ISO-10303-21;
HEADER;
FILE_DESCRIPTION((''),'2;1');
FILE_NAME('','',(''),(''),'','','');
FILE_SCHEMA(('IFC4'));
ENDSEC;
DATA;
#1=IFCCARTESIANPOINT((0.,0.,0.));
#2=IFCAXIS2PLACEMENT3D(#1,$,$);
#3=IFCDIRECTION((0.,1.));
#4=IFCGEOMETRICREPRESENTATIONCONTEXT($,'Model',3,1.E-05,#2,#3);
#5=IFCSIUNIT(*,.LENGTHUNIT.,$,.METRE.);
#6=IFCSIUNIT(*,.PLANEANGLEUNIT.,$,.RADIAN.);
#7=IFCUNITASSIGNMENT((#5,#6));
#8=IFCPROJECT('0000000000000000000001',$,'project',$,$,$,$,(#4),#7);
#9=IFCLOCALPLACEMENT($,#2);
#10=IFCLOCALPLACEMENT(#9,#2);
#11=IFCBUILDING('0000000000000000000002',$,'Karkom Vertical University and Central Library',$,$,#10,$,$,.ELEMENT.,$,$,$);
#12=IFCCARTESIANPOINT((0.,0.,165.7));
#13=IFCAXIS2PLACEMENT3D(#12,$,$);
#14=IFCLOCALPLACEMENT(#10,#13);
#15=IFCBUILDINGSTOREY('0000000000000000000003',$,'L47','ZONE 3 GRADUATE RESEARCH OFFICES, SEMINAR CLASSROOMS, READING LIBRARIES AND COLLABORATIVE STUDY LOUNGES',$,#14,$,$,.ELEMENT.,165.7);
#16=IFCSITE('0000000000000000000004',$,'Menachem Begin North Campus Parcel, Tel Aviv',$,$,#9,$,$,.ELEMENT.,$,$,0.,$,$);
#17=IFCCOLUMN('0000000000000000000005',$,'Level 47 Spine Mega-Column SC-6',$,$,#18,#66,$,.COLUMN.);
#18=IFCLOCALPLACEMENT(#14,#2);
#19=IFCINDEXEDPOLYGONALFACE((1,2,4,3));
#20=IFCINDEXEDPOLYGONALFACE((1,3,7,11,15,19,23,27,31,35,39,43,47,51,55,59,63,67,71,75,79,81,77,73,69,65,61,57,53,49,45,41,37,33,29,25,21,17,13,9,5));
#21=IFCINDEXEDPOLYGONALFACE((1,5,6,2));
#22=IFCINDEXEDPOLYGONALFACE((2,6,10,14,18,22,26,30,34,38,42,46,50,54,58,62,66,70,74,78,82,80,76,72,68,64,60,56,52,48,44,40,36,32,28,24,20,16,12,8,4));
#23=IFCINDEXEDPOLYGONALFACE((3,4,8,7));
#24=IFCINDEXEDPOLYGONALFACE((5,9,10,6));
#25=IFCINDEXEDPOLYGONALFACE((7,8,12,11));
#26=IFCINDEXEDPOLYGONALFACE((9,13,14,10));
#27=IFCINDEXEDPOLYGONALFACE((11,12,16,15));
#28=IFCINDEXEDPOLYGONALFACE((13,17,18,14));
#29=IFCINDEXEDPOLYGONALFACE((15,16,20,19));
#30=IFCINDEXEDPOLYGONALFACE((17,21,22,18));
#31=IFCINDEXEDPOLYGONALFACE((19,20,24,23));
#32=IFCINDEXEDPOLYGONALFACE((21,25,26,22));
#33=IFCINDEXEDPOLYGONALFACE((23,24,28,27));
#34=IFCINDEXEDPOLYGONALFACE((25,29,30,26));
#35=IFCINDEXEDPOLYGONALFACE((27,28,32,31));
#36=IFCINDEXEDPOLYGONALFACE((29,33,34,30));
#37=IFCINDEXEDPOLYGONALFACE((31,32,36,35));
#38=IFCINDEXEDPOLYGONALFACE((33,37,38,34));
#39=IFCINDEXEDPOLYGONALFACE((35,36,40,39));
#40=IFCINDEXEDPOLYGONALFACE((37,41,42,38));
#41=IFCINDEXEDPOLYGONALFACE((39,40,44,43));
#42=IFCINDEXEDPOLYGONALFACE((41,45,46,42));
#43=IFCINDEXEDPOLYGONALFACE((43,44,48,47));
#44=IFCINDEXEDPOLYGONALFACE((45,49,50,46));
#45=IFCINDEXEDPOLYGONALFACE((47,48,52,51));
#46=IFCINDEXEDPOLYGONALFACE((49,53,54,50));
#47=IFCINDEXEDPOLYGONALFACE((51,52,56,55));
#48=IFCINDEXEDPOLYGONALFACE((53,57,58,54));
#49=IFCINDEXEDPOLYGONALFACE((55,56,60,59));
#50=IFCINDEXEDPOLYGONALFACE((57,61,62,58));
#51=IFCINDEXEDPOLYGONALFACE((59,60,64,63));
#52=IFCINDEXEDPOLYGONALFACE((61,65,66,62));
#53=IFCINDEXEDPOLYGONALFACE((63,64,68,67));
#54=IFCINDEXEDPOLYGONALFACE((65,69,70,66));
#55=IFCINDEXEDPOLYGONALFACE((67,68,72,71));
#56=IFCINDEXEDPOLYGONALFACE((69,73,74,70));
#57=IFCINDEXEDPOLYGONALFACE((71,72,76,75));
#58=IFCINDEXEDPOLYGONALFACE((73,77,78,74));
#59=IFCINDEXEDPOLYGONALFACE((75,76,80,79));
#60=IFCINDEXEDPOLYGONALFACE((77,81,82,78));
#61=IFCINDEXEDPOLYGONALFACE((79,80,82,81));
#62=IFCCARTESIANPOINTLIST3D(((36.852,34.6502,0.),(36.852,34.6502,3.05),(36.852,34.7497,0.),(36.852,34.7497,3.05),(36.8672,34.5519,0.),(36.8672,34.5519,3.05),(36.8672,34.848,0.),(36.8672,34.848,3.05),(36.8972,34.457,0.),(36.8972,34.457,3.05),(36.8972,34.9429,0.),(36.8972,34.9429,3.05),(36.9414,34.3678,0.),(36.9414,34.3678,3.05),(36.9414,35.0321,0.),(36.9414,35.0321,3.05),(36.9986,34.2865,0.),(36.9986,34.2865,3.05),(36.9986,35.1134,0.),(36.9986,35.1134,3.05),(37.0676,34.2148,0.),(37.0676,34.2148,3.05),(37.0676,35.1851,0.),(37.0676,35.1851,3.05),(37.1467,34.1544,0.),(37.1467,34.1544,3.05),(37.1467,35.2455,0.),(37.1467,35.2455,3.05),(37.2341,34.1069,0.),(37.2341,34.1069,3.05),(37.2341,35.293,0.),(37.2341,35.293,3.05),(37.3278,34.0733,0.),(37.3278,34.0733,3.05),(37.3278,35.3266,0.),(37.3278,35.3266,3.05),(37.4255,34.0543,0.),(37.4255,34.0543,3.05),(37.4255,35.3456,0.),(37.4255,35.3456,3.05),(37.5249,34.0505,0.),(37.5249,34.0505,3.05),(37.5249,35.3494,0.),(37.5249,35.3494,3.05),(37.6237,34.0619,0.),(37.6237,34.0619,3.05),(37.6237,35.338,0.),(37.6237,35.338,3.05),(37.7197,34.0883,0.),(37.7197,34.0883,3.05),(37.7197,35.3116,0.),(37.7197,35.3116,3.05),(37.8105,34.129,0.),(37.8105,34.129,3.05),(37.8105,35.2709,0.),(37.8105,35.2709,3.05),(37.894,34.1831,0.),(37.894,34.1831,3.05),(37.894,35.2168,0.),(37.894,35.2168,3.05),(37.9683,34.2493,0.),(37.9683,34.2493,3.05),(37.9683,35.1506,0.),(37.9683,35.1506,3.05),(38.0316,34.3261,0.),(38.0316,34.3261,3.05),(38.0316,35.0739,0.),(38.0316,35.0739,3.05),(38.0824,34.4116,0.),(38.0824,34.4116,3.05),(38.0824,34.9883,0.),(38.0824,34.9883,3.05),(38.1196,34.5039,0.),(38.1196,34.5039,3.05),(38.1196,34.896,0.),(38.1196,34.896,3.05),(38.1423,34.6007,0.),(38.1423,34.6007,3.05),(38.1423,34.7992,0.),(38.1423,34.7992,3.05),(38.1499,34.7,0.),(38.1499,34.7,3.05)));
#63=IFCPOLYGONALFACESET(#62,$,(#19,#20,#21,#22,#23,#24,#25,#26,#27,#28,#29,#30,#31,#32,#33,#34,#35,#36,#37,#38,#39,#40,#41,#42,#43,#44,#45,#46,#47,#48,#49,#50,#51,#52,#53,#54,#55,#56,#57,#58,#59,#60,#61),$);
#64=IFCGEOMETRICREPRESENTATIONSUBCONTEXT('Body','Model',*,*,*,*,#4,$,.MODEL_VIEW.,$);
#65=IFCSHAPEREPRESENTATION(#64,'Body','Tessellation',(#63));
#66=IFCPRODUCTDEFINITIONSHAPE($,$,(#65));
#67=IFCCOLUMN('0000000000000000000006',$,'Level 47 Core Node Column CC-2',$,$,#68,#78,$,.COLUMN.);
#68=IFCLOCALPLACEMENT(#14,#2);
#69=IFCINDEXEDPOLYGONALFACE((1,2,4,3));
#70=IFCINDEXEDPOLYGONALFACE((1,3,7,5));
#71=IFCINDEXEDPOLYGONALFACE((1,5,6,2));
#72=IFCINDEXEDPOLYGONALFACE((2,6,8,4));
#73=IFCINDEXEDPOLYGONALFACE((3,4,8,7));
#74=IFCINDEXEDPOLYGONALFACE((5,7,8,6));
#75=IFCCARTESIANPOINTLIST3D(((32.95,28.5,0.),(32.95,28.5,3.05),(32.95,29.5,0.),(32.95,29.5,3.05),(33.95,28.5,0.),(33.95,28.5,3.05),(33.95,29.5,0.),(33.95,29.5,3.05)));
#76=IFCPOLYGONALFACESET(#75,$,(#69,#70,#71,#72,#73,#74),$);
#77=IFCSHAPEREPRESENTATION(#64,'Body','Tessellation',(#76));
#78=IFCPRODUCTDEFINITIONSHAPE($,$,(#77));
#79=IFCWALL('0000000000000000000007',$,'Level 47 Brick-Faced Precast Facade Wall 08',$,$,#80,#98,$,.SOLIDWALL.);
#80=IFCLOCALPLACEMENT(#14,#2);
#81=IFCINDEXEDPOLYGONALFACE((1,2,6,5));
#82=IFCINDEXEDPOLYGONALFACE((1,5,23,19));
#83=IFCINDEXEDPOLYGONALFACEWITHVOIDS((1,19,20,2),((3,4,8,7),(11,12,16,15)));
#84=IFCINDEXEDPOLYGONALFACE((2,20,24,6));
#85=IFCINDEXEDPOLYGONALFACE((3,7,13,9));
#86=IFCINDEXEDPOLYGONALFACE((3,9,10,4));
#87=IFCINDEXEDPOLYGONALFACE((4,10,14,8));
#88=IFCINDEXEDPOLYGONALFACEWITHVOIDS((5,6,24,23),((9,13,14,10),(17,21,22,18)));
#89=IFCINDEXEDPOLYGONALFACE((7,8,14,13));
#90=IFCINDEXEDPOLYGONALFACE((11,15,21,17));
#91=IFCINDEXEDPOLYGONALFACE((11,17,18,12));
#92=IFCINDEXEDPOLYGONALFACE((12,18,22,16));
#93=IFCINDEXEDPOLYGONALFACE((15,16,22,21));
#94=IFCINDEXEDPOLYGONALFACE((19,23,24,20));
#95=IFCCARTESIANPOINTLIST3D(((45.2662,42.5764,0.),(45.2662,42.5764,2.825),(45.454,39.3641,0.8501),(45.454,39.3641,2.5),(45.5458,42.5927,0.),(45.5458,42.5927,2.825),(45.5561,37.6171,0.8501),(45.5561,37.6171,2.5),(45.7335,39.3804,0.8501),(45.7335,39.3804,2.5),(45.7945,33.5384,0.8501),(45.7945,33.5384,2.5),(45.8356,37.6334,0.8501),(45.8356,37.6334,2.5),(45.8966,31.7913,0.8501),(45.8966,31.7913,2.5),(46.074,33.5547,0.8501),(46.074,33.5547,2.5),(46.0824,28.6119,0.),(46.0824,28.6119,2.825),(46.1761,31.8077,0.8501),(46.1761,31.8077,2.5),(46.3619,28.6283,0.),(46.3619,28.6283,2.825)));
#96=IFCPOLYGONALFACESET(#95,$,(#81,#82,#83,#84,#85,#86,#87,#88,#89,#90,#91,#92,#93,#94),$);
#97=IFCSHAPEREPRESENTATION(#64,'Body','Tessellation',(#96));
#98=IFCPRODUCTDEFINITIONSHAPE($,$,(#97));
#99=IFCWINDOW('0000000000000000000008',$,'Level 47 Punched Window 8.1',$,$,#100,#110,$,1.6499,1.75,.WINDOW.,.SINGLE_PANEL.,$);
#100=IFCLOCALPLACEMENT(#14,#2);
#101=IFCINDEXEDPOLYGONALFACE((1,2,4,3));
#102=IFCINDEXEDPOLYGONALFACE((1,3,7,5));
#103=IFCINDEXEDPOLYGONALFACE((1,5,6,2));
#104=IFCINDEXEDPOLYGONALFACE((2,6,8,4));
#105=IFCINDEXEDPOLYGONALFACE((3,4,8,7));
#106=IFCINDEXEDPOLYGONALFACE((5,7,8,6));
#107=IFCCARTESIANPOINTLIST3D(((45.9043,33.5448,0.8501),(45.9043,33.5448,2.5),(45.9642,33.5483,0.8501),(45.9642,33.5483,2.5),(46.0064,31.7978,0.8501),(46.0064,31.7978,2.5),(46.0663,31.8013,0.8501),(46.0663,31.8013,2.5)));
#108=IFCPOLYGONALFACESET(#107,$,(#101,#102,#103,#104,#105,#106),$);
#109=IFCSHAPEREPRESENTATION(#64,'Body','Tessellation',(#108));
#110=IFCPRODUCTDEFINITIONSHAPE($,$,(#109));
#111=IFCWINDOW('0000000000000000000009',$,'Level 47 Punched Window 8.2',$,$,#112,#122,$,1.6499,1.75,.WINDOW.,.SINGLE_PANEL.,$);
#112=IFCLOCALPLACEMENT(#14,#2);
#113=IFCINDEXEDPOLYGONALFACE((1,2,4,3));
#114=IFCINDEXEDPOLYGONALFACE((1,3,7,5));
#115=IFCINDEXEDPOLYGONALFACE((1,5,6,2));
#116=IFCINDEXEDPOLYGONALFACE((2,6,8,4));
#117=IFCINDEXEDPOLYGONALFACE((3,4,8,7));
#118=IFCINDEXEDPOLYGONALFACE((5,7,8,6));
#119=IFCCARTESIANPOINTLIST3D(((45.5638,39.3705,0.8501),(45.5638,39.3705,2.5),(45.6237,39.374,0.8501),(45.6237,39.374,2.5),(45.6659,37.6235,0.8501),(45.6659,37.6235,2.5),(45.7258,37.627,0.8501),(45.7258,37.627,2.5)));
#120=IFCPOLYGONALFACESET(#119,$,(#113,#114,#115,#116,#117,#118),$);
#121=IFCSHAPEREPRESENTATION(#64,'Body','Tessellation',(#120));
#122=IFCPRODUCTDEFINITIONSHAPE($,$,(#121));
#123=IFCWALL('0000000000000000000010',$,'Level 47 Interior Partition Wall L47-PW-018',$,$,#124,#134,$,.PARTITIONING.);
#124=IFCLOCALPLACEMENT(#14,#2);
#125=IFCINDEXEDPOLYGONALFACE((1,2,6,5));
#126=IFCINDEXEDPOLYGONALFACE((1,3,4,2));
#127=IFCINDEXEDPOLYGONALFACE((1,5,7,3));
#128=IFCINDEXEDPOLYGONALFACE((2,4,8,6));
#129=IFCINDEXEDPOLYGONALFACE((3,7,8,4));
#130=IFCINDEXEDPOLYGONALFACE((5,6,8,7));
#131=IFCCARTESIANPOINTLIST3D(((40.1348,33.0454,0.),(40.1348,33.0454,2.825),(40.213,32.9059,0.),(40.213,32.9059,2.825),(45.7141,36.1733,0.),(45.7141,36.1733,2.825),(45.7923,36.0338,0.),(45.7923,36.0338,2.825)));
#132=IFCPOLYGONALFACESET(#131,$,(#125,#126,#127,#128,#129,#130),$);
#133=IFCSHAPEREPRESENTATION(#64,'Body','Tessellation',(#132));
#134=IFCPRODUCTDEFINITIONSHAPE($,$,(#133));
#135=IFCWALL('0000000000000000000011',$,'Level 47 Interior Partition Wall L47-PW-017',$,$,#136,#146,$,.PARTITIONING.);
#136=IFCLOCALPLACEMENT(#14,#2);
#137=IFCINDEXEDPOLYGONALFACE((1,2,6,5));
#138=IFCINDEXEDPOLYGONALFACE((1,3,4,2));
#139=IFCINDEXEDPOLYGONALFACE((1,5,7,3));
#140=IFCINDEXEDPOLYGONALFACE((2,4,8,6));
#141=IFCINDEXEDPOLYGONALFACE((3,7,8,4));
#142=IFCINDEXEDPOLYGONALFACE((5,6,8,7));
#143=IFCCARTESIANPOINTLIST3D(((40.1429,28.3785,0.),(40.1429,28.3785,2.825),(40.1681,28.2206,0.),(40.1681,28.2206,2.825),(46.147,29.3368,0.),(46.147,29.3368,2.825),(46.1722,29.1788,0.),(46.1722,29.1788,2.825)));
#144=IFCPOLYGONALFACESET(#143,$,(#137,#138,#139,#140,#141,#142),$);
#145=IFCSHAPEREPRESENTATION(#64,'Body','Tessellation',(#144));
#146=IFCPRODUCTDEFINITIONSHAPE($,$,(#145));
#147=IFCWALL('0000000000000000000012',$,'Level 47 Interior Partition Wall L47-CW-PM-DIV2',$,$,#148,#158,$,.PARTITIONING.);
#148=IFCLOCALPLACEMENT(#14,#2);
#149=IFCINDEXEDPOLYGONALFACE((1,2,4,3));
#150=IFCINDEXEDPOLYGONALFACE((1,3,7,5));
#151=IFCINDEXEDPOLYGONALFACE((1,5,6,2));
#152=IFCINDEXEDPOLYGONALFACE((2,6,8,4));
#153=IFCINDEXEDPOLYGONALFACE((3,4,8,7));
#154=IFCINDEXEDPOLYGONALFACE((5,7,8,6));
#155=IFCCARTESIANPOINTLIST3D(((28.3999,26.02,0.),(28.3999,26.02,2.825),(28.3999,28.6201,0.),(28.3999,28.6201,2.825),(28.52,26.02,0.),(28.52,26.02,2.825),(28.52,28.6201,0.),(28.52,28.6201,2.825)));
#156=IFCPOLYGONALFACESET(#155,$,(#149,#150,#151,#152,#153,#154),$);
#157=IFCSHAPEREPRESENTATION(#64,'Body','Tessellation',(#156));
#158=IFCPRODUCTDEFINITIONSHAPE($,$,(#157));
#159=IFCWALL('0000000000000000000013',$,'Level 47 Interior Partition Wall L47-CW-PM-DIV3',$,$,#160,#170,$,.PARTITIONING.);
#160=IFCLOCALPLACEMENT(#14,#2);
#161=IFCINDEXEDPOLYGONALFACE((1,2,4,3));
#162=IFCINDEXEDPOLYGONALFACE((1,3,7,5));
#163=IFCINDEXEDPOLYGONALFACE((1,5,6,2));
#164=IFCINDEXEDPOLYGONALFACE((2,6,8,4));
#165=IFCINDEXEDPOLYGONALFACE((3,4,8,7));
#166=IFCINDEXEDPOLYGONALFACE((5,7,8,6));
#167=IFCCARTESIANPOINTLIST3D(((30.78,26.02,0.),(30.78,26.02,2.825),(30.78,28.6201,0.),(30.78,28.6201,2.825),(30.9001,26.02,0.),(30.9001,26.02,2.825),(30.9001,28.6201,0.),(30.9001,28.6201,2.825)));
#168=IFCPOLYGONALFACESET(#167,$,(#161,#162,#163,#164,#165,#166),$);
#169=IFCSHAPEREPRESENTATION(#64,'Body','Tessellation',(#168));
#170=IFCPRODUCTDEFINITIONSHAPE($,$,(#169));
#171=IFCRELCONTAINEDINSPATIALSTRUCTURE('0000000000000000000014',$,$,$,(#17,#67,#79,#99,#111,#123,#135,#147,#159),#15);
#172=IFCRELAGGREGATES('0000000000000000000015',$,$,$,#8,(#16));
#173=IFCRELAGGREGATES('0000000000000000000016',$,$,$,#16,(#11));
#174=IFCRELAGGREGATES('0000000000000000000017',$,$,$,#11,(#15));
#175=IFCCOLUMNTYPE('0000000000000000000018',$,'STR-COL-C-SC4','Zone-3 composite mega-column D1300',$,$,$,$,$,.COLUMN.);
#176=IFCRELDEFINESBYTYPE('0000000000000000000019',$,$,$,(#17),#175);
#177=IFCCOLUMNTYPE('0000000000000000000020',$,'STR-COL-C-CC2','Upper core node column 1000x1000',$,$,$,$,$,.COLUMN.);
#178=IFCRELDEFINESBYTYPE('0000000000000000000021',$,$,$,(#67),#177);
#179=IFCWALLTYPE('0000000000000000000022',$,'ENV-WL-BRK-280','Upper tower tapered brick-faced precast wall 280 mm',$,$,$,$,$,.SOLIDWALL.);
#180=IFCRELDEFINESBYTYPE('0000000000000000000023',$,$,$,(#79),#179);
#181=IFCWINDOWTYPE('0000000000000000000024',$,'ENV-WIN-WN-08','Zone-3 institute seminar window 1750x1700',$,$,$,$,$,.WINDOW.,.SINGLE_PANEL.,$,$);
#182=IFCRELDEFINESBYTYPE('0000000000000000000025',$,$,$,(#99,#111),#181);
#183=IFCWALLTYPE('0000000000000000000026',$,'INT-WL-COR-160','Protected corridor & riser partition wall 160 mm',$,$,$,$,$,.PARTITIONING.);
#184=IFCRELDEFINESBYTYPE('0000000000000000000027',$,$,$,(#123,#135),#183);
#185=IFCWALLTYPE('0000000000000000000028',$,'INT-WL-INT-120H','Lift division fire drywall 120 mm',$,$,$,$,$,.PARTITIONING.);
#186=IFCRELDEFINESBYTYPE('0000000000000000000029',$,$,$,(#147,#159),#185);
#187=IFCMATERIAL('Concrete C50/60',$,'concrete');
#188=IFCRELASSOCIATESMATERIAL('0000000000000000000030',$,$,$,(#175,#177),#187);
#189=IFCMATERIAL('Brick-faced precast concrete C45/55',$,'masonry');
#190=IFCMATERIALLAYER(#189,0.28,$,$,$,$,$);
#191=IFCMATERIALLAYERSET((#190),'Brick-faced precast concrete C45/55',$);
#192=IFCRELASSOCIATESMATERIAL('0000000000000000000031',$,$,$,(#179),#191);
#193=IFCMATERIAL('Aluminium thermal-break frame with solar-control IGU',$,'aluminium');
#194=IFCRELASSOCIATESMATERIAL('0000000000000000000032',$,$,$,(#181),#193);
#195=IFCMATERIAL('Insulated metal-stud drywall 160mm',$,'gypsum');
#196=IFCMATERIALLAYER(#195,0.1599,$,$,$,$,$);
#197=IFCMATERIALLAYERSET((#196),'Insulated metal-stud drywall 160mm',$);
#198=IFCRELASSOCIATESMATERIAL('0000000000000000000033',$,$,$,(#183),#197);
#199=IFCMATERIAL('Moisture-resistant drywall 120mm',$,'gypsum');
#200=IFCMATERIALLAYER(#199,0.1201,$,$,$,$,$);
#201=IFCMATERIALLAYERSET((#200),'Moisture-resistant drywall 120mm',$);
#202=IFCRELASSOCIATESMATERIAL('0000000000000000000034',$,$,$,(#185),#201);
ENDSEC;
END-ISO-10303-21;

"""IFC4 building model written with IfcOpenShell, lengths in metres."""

from ifc_helpers import new_model, si_unit, direction, frame, frame_2d, origin, origin_with_axes, origin_2d, place, context, subcontext, project, spatial, rectangle, circle, extrude, source, transform, mapped, material, layer, layer_set, material_profile, profile_set, type_object, element, fill, save


model = new_model("IFC4")

# Units and contexts
model_context = context("Model", 3, precision=1e-05, world=origin(), true_north=direction((0.0, 1.0)))
body_context = subcontext(model_context, "Body", "Model", "MODEL_VIEW")
ifc_project = project(units=[si_unit("LENGTHUNIT", "METRE"), si_unit("PLANEANGLEUNIT", "RADIAN")], contexts=[model_context])

# Site, building, storey
site_placement = place(None, origin())
site = spatial("IfcSite", under=ifc_project, at=site_placement, Name="Menachem Begin North Campus Parcel, Tel Aviv", CompositionType="ELEMENT", RefElevation=0.0)
building_placement = place(site_placement, origin())
building = spatial("IfcBuilding", under=site, at=building_placement, Name="Karkom Vertical University and Central Library", CompositionType="ELEMENT")
storey_placement = place(building_placement, frame((0.0, 0.0, 165.7)))
storey = spatial("IfcBuildingStorey", under=building, at=storey_placement, Name="L47", Description="ZONE 3 GRADUATE RESEARCH OFFICES, SEMINAR CLASSROOMS, READING LIBRARIES AND COLLABORATIVE STUDY LOUNGES", CompositionType="ELEMENT", Elevation=165.7)

# Columns
ifc_material_1 = material(Name="Concrete C50/60", Category="concrete")
ifc_material_profile_1 = material_profile(ifc_material_1, circle(Radius=0.6499, at=origin_2d()), Name="CFT-D1300")
ifc_profile_set_1 = profile_set([ifc_material_profile_1], Name="Concrete C50/60")
column_type_1 = type_object("IfcColumnType", Name="STR-COL-C-SC4", Description="Zone-3 composite mega-column D1300", PredefinedType="COLUMN", material=ifc_profile_set_1)
shared_shape_1 = source(origin_with_axes(), body_context, "Body", "SweptSolid", [
    extrude(circle(Radius=0.6499, at=origin_2d()), origin(), (0.0, 0.0, 1.0), 3.05),
])
column_1_placement = place(storey_placement, frame((37.5, 34.7, 0.0), z_axis=(0.0, 0.0, 1.0), x_axis=(1.0, 0.0, 0.0)))
element("IfcColumn", 1, at=column_1_placement, inside=storey, type_object=column_type_1, Name="Level 47 Spine Mega-Column SC-6", PredefinedType="COLUMN", context=body_context, shape_type="MappedRepresentation", body=[
    mapped(shared_shape_1, transform((0.0, 0.0, 0.0), scale=1.0)),
])
ifc_material_profile_2 = material_profile(ifc_material_1, rectangle(XDim=1.0, YDim=1.0, at=origin_2d()), Name="RC-1000x1000")
ifc_profile_set_2 = profile_set([ifc_material_profile_2], Name="Concrete C50/60")
column_type_2 = type_object("IfcColumnType", Name="STR-COL-C-CC2", Description="Upper core node column 1000x1000", PredefinedType="COLUMN", material=ifc_profile_set_2)
shared_shape_2 = source(origin_with_axes(), body_context, "Body", "SweptSolid", [
    extrude(rectangle(XDim=1.0, YDim=1.0, at=origin_2d()), origin(), (0.0, 0.0, 1.0), 3.05),
])
column_2_placement = place(storey_placement, frame((33.45, 29.0, 0.0), z_axis=(0.0, 0.0, 1.0), x_axis=(1.0, 0.0, 0.0)))
element("IfcColumn", 2, at=column_2_placement, inside=storey, type_object=column_type_2, Name="Level 47 Core Node Column CC-2", PredefinedType="COLUMN", context=body_context, shape_type="MappedRepresentation", body=[
    mapped(shared_shape_2, transform((0.0, 0.0, 0.0), scale=1.0)),
])

# Wall, openings, windows
ifc_material_2 = material(Name="Brick-faced precast concrete C45/55", Category="masonry")
ifc_layer_1 = layer(ifc_material_2, 0.28)
ifc_layer_set_1 = layer_set([ifc_layer_1], Name="Brick-faced precast concrete C45/55")
wall_type_1 = type_object("IfcWallType", Name="ENV-WL-BRK-280", Description="Upper tower tapered brick-faced precast wall 280 mm", PredefinedType="SOLIDWALL", material=ifc_layer_set_1)
wall_1_placement = place(storey_placement, frame((46.2222, 28.6201, 0.0), z_axis=(0.0, 0.0, 1.0), x_axis=(-0.058347, 0.998296, 0.0)))
wall_1 = element("IfcWall", 3, at=wall_1_placement, inside=storey, type_object=wall_type_1, Name="Level 47 Brick-Faced Precast Facade Wall 08", PredefinedType="SOLIDWALL", context=body_context, shape_type="SweptSolid", body=[
    extrude(rectangle(XDim=13.9883, YDim=0.28, at=frame_2d((6.9941, 0.0))), origin(), (0.0, 0.0, 1.0), 2.825),
])
opening_1_placement = place(wall_1_placement, frame((3.1848, 0.0, 0.8501)))
opening_1 = element("IfcOpeningElement", 4, at=opening_1_placement, cuts=wall_1, PredefinedType="OPENING", context=body_context, shape_type="SweptSolid", body=[
    extrude(rectangle(XDim=1.75, YDim=1.6499, at=frame_2d((0.875, 0.825))), frame((0.0, 0.1499, 0.0), z_axis=(0.0, -1.0, 0.0), x_axis=(1.0, 0.0, 0.0)), (0.0, 0.0, 1.0), 0.3),
])
opening_2_placement = place(wall_1_placement, frame((9.0205, 0.0, 0.8501)))
opening_2 = element("IfcOpeningElement", 5, at=opening_2_placement, cuts=wall_1, PredefinedType="OPENING", context=body_context, shape_type="SweptSolid", body=[
    extrude(rectangle(XDim=1.75, YDim=1.6499, at=frame_2d((0.875, 0.825))), frame((0.0, 0.1499, 0.0), z_axis=(0.0, -1.0, 0.0), x_axis=(1.0, 0.0, 0.0)), (0.0, 0.0, 1.0), 0.3),
])
ifc_material_3 = material(Name="Aluminium thermal-break frame with solar-control IGU", Category="aluminium")
window_type = type_object("IfcWindowType", Name="ENV-WIN-WN-08", Description="Zone-3 institute seminar window 1750x1700", PartitioningType="SINGLE_PANEL", PredefinedType="WINDOW", material=ifc_material_3)
shared_shape_3 = source(origin_with_axes(), body_context, "Body", "SweptSolid", [
    extrude(rectangle(XDim=1.75, YDim=1.6499, at=frame_2d((0.875, 0.825))), frame((0.0, 0.03, 0.0), z_axis=(0.0, -1.0, 0.0), x_axis=(1.0, 0.0, 0.0)), (0.0, 0.0, 1.0), 0.0601),
])
window_1_placement = place(opening_1_placement, origin())
window_1 = element("IfcWindow", 6, at=window_1_placement, inside=storey, type_object=window_type, Name="Level 47 Punched Window 8.1", OverallHeight=1.6499, OverallWidth=1.75, PartitioningType="SINGLE_PANEL", PredefinedType="WINDOW", context=body_context, shape_type="MappedRepresentation", body=[
    mapped(shared_shape_3, transform((0.0, 0.0, 0.0), scale=1.0)),
])
fill(opening_1, window_1)
window_2_placement = place(opening_2_placement, origin())
window_2 = element("IfcWindow", 7, at=window_2_placement, inside=storey, type_object=window_type, Name="Level 47 Punched Window 8.2", OverallHeight=1.6499, OverallWidth=1.75, PartitioningType="SINGLE_PANEL", PredefinedType="WINDOW", context=body_context, shape_type="MappedRepresentation", body=[
    mapped(shared_shape_3, transform((0.0, 0.0, 0.0), scale=1.0)),
])
fill(opening_2, window_2)

# Walls
ifc_material_4 = material(Name="Insulated metal-stud drywall 160mm", Category="gypsum")
ifc_layer_2 = layer(ifc_material_4, 0.1599)
ifc_layer_set_2 = layer_set([ifc_layer_2], Name="Insulated metal-stud drywall 160mm")
wall_type_2 = type_object("IfcWallType", Name="INT-WL-COR-160", Description="Protected corridor & riser partition wall 160 mm", PredefinedType="PARTITIONING", material=ifc_layer_set_2)
wall_2_placement = place(storey_placement, frame((40.1738, 32.9756, 0.0), z_axis=(0.0, 0.0, 1.0), x_axis=(0.872273, 0.489019, 0.0)))
element("IfcWall", 8, at=wall_2_placement, inside=storey, type_object=wall_type_2, Name="Level 47 Interior Partition Wall L47-PW-018", PredefinedType="PARTITIONING", context=body_context, shape_type="SweptSolid", body=[
    extrude(rectangle(XDim=6.3962, YDim=0.1599, at=frame_2d((3.1982, 0.0))), origin(), (0.0, 0.0, 1.0), 2.825),
])
wall_3_placement = place(storey_placement, frame((40.1555, 28.2996, 0.0), z_axis=(0.0, 0.0, 1.0), x_axis=(0.987502, 0.157604, 0.0)))
element("IfcWall", 9, at=wall_3_placement, inside=storey, type_object=wall_type_2, Name="Level 47 Interior Partition Wall L47-PW-017", PredefinedType="PARTITIONING", context=body_context, shape_type="SweptSolid", body=[
    extrude(rectangle(XDim=6.0801, YDim=0.1599, at=frame_2d((3.04, 0.0))), origin(), (0.0, 0.0, 1.0), 2.825),
])
ifc_material_5 = material(Name="Moisture-resistant drywall 120mm", Category="gypsum")
ifc_layer_3 = layer(ifc_material_5, 0.1201)
ifc_layer_set_3 = layer_set([ifc_layer_3], Name="Moisture-resistant drywall 120mm")
wall_type_3 = type_object("IfcWallType", Name="INT-WL-INT-120H", Description="Lift division fire drywall 120 mm", PredefinedType="PARTITIONING", material=ifc_layer_set_3)
for number, where, z_axis, x_axis, name in (
    (10, (28.46, 26.02, 0.0), (0.0, 0.0, 1.0), (0.0, 1.0, 0.0), "Level 47 Interior Partition Wall L47-CW-PM-DIV2"),
    (11, (30.8401, 26.02, 0.0), (0.0, 0.0, 1.0), (0.0, 1.0, 0.0), "Level 47 Interior Partition Wall L47-CW-PM-DIV3"),
):
    element("IfcWall", number, at=place(storey_placement, frame(where, z_axis=z_axis, x_axis=x_axis)), inside=storey, type_object=wall_type_3, Name=name, PredefinedType="PARTITIONING", context=body_context, shape_type="SweptSolid", body=[
        extrude(rectangle(XDim=2.6001, YDim=0.1201, at=frame_2d((1.3, 0.0))), origin(), (0.0, 0.0, 1.0), 2.825),
    ])

save(model, "model.ifc")
